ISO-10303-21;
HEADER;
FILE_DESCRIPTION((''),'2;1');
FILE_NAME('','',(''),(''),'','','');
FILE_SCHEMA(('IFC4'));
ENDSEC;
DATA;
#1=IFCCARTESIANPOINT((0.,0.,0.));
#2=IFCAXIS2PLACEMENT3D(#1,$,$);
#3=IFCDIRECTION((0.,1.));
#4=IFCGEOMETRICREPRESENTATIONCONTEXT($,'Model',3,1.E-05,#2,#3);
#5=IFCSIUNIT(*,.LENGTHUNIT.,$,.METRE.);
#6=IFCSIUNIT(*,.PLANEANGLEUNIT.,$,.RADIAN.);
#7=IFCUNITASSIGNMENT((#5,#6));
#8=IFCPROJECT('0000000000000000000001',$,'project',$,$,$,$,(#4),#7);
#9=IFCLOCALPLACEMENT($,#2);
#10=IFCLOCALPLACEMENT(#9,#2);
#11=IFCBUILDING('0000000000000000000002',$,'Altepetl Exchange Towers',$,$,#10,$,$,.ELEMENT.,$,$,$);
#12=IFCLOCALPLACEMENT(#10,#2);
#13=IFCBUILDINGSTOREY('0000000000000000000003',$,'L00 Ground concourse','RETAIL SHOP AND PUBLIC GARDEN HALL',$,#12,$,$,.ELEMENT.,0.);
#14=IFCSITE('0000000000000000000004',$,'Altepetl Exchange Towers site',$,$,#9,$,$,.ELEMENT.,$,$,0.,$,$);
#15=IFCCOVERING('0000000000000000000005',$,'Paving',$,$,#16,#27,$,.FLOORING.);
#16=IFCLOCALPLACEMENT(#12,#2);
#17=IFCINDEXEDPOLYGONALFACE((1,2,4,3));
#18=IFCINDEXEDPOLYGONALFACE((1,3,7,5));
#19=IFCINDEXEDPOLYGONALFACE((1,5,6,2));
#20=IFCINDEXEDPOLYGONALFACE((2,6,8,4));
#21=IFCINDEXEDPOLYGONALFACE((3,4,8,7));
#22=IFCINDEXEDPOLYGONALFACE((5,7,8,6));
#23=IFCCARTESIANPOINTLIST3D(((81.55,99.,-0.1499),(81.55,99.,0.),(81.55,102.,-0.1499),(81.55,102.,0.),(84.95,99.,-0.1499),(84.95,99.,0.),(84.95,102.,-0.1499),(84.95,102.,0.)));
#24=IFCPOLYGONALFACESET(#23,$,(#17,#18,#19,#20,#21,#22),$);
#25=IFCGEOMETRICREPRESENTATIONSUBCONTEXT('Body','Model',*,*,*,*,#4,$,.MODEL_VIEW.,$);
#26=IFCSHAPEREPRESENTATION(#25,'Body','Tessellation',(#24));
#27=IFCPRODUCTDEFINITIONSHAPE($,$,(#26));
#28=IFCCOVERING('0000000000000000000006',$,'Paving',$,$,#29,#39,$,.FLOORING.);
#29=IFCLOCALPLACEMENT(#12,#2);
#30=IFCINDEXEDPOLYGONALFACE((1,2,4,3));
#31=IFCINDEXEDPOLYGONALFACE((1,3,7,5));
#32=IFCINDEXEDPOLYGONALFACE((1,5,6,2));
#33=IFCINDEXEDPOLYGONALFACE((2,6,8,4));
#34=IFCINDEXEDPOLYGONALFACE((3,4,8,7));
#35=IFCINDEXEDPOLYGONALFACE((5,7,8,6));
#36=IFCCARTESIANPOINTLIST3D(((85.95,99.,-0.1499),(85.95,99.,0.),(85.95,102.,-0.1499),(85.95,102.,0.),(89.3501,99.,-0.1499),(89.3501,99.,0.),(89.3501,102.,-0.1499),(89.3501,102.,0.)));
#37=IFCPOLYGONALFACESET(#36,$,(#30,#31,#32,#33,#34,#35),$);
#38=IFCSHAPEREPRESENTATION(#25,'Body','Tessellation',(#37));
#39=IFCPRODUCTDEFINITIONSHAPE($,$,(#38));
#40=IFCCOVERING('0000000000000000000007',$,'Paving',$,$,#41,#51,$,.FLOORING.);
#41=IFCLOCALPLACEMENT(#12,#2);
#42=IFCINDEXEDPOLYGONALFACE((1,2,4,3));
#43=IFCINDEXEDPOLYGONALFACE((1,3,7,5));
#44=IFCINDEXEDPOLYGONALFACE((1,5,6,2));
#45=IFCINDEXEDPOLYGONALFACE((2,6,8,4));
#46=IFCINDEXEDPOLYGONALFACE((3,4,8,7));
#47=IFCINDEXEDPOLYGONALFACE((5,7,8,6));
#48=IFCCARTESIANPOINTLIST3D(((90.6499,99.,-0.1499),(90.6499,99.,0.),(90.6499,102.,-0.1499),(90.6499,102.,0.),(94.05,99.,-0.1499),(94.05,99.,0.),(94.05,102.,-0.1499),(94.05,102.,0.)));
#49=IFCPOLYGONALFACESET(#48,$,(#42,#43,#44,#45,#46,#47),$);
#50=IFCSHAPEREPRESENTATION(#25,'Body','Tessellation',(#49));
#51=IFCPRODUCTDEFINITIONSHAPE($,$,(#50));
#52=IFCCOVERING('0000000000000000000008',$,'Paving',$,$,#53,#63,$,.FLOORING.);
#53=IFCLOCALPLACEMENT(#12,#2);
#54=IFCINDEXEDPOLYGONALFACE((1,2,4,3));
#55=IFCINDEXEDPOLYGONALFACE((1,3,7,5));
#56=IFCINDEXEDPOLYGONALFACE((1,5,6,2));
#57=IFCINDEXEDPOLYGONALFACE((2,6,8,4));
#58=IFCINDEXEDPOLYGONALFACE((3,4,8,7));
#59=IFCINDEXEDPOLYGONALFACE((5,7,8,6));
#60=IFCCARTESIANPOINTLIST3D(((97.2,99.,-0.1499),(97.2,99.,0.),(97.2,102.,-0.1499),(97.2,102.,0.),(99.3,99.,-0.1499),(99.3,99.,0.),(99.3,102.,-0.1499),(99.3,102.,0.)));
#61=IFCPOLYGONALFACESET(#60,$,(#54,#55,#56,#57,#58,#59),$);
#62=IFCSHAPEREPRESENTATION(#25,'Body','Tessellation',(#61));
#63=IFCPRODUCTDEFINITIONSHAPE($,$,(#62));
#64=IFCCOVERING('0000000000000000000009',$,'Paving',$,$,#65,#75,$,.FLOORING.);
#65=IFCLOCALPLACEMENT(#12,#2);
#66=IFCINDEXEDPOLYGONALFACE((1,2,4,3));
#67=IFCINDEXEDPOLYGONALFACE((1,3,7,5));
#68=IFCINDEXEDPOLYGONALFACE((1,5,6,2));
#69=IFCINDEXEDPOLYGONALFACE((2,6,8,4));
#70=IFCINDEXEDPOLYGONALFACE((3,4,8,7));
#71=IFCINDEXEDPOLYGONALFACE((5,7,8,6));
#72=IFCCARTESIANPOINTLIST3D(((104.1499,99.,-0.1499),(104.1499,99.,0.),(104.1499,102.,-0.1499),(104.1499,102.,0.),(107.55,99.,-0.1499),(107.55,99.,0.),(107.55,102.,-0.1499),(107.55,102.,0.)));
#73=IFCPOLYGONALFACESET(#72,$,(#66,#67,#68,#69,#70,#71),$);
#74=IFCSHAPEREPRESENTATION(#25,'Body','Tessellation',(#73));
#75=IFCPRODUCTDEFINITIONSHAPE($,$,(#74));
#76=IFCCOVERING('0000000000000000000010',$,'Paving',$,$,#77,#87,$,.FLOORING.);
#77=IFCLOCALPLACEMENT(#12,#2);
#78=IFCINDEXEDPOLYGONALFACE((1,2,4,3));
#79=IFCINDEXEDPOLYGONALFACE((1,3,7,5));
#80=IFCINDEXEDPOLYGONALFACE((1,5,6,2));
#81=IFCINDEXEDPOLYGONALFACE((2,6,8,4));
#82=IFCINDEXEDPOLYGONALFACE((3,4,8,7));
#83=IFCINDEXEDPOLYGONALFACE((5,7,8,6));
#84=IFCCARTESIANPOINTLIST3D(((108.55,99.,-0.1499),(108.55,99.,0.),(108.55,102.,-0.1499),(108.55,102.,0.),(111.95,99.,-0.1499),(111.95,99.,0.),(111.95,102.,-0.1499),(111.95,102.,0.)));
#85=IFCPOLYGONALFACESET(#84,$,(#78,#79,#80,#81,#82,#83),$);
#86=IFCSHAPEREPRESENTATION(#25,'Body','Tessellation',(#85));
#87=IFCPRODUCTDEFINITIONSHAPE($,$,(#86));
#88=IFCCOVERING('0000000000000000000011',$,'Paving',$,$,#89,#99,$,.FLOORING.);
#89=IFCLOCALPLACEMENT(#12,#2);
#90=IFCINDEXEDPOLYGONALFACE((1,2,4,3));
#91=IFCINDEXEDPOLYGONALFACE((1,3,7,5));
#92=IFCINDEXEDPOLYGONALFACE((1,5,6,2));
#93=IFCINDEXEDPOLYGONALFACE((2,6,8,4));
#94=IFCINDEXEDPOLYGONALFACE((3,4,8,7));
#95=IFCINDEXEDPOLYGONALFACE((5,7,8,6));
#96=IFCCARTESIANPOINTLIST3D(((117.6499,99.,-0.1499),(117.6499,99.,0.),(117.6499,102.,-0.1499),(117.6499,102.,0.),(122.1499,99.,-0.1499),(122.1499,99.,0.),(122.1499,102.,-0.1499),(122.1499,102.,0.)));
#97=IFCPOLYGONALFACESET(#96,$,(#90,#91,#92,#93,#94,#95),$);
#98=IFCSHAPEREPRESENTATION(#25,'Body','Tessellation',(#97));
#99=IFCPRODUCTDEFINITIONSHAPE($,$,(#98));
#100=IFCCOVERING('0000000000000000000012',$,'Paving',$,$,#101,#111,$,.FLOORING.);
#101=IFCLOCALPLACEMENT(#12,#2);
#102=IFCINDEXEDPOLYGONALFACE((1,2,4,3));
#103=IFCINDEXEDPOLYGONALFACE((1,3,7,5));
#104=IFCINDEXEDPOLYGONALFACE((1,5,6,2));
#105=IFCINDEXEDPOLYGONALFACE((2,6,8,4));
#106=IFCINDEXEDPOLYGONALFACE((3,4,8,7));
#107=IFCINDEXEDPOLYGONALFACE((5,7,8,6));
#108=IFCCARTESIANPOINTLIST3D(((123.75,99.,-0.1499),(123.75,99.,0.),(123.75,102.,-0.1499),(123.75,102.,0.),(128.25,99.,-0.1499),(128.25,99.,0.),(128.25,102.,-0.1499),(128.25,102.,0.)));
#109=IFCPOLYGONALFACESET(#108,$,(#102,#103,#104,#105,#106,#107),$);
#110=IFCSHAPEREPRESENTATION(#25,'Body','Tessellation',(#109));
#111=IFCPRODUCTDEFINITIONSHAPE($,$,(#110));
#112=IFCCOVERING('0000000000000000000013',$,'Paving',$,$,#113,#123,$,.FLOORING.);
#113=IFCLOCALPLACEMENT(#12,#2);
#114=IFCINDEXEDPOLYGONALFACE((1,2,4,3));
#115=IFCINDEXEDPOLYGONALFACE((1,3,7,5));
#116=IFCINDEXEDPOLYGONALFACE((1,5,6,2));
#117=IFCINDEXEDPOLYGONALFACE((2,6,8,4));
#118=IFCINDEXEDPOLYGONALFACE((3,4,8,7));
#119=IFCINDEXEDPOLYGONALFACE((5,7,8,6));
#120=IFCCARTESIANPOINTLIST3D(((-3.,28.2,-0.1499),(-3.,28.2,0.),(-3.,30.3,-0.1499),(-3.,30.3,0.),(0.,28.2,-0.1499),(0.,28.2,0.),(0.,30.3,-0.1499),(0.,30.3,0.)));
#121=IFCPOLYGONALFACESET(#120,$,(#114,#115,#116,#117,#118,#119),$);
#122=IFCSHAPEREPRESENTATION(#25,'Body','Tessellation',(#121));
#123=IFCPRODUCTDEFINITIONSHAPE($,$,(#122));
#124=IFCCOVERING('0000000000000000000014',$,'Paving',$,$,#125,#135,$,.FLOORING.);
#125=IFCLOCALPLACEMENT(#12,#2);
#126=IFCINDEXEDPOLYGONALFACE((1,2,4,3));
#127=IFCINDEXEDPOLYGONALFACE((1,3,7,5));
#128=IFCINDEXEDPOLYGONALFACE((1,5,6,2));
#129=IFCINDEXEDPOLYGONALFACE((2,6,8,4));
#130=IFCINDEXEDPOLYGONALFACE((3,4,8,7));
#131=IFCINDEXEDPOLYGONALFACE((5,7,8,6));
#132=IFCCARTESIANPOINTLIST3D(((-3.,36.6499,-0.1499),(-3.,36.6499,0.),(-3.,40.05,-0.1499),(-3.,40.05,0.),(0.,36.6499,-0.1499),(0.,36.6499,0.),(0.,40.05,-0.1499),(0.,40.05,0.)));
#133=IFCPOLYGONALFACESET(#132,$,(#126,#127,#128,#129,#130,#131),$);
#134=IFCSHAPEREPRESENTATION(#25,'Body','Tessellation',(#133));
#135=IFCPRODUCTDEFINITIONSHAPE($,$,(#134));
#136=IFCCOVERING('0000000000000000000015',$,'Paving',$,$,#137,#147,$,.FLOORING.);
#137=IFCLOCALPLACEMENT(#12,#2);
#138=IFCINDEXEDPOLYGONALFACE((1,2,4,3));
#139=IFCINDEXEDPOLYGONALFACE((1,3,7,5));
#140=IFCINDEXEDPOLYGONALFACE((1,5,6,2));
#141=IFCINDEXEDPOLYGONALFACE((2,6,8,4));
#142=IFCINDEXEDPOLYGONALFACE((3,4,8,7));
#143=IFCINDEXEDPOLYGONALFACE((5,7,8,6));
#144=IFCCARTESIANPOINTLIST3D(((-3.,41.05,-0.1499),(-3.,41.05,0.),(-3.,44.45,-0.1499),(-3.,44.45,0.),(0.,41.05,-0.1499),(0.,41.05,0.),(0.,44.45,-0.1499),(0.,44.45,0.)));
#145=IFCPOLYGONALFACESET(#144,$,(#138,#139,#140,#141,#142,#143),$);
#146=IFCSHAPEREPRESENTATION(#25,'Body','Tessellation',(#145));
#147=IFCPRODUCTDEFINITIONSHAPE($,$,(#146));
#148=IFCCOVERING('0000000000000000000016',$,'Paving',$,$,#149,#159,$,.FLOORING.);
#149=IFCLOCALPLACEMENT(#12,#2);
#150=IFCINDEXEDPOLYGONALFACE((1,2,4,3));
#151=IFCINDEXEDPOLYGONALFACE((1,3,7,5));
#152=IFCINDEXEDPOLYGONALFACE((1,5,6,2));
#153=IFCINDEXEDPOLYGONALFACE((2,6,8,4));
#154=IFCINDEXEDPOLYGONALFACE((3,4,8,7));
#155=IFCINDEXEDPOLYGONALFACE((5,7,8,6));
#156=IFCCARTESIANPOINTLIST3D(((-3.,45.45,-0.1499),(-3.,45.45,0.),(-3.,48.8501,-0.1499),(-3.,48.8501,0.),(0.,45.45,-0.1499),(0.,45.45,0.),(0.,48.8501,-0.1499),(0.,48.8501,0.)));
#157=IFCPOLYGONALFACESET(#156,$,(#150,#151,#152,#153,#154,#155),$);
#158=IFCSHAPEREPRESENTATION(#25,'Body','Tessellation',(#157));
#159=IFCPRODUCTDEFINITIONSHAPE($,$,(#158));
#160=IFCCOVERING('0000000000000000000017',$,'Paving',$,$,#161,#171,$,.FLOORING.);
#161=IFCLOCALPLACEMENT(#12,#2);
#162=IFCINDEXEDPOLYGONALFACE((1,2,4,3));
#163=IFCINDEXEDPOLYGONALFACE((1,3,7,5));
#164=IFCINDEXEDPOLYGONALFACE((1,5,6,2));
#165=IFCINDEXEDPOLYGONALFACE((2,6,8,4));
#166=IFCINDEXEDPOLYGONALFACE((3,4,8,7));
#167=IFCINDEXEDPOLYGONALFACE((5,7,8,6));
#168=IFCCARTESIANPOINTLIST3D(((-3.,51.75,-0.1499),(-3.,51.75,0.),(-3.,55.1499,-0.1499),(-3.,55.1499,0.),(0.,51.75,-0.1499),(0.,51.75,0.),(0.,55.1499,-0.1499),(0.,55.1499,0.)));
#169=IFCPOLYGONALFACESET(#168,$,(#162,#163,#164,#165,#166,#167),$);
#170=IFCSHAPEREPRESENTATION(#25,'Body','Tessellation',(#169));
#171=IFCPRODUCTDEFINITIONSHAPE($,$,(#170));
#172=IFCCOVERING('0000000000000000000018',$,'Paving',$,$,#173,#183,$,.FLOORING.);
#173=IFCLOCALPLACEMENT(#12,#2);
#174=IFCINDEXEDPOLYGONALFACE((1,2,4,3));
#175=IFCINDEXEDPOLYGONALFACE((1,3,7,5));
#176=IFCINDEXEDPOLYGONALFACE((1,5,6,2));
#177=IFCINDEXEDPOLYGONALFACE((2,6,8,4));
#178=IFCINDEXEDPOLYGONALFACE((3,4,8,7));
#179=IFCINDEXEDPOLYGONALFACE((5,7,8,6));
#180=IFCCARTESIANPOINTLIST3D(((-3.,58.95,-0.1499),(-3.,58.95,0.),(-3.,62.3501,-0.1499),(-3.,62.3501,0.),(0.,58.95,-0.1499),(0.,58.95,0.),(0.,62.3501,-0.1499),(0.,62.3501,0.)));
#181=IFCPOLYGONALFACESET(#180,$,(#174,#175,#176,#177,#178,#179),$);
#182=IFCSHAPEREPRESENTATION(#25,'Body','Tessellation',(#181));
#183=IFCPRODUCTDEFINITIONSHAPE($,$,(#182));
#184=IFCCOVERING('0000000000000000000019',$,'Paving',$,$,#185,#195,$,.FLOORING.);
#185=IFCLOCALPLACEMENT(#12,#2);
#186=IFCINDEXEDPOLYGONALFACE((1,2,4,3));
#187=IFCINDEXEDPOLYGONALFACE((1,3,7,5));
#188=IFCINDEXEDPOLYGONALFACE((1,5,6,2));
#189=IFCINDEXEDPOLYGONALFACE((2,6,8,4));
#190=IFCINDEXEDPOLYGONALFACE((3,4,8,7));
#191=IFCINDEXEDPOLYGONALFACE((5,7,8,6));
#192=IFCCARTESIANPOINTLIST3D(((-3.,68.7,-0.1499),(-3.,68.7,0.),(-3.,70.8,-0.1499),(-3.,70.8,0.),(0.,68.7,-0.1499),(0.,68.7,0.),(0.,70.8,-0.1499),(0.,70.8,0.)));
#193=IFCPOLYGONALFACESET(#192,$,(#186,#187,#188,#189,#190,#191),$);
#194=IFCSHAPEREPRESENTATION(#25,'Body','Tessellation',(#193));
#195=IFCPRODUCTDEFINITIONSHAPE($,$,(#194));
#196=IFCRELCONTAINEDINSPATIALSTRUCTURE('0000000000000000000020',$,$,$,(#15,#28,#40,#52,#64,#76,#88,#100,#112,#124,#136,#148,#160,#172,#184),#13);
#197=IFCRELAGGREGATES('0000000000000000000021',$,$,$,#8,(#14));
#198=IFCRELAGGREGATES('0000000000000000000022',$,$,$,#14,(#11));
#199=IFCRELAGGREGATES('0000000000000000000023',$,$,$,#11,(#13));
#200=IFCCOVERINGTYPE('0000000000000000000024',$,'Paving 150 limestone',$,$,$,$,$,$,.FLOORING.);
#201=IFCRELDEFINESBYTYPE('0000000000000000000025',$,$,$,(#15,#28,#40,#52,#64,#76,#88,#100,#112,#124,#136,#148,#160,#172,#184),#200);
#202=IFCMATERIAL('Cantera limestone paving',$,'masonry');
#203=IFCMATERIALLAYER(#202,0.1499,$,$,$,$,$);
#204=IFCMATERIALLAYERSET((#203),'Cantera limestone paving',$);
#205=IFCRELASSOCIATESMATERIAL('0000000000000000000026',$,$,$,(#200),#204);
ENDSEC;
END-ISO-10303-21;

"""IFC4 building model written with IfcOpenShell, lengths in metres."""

from ifc_helpers import new_model, si_unit, direction, frame, origin, place, context, subcontext, project, spatial, polyline, outline, extrude, material, layer, layer_set, type_object, element, save


model = new_model("IFC4")

# Units and contexts
model_context = context("Model", 3, precision=1e-05, world=origin(), true_north=direction((0.0, 1.0)))
body_context = subcontext(model_context, "Body", "Model", "MODEL_VIEW")
ifc_project = project(units=[si_unit("LENGTHUNIT", "METRE"), si_unit("PLANEANGLEUNIT", "RADIAN")], contexts=[model_context])

# Site, building, storey
site_placement = place(None, origin())
site = spatial("IfcSite", under=ifc_project, at=site_placement, Name="Altepetl Exchange Towers site", CompositionType="ELEMENT", RefElevation=0.0)
building_placement = place(site_placement, origin())
building = spatial("IfcBuilding", under=site, at=building_placement, Name="Altepetl Exchange Towers", CompositionType="ELEMENT")
storey_placement = place(building_placement, origin())
storey = spatial("IfcBuildingStorey", under=building, at=storey_placement, Name="L00 Ground concourse", Description="RETAIL SHOP AND PUBLIC GARDEN HALL", CompositionType="ELEMENT", Elevation=0.0)

# Coverings
ifc_material_1 = material(Name="Cantera limestone paving", Category="masonry")
ifc_layer_1 = layer(ifc_material_1, 0.1499)
ifc_layer_set_1 = layer_set([ifc_layer_1], Name="Cantera limestone paving")
covering_type = type_object("IfcCoveringType", Name="Paving 150 limestone", PredefinedType="FLOORING", material=ifc_layer_set_1)
covering_1_placement = place(storey_placement, frame((0.0, 0.0, -0.1499)))
element("IfcCovering", 1, at=covering_1_placement, inside=storey, type_object=covering_type, Name="Paving", PredefinedType="FLOORING", context=body_context, shape_type="SweptSolid", body=[
    extrude(outline(polyline([(81.55, 99.0), (84.95, 99.0), (84.95, 102.0), (81.55, 102.0), (81.55, 99.0)])), origin(), (0.0, 0.0, 1.0), 0.1499),
])
covering_2_placement = place(storey_placement, frame((0.0, 0.0, -0.1499)))
element("IfcCovering", 2, at=covering_2_placement, inside=storey, type_object=covering_type, Name="Paving", PredefinedType="FLOORING", context=body_context, shape_type="SweptSolid", body=[
    extrude(outline(polyline([(85.95, 99.0), (89.3501, 99.0), (89.3501, 102.0), (85.95, 102.0), (85.95, 99.0)])), origin(), (0.0, 0.0, 1.0), 0.1499),
])
covering_3_placement = place(storey_placement, frame((0.0, 0.0, -0.1499)))
element("IfcCovering", 3, at=covering_3_placement, inside=storey, type_object=covering_type, Name="Paving", PredefinedType="FLOORING", context=body_context, shape_type="SweptSolid", body=[
    extrude(outline(polyline([(90.6499, 99.0), (94.05, 99.0), (94.05, 102.0), (90.6499, 102.0), (90.6499, 99.0)])), origin(), (0.0, 0.0, 1.0), 0.1499),
])
covering_4_placement = place(storey_placement, frame((0.0, 0.0, -0.1499)))
element("IfcCovering", 4, at=covering_4_placement, inside=storey, type_object=covering_type, Name="Paving", PredefinedType="FLOORING", context=body_context, shape_type="SweptSolid", body=[
    extrude(outline(polyline([(97.2, 99.0), (99.3, 99.0), (99.3, 102.0), (97.2, 102.0), (97.2, 99.0)])), origin(), (0.0, 0.0, 1.0), 0.1499),
])
covering_5_placement = place(storey_placement, frame((0.0, 0.0, -0.1499)))
element("IfcCovering", 5, at=covering_5_placement, inside=storey, type_object=covering_type, Name="Paving", PredefinedType="FLOORING", context=body_context, shape_type="SweptSolid", body=[
    extrude(outline(polyline([(104.1499, 99.0), (107.55, 99.0), (107.55, 102.0), (104.1499, 102.0), (104.1499, 99.0)])), origin(), (0.0, 0.0, 1.0), 0.1499),
])
covering_6_placement = place(storey_placement, frame((0.0, 0.0, -0.1499)))
element("IfcCovering", 6, at=covering_6_placement, inside=storey, type_object=covering_type, Name="Paving", PredefinedType="FLOORING", context=body_context, shape_type="SweptSolid", body=[
    extrude(outline(polyline([(108.55, 99.0), (111.95, 99.0), (111.95, 102.0), (108.55, 102.0), (108.55, 99.0)])), origin(), (0.0, 0.0, 1.0), 0.1499),
])
covering_7_placement = place(storey_placement, frame((0.0, 0.0, -0.1499)))
element("IfcCovering", 7, at=covering_7_placement, inside=storey, type_object=covering_type, Name="Paving", PredefinedType="FLOORING", context=body_context, shape_type="SweptSolid", body=[
    extrude(outline(polyline([(117.6499, 99.0), (122.1499, 99.0), (122.1499, 102.0), (117.6499, 102.0), (117.6499, 99.0)])), origin(), (0.0, 0.0, 1.0), 0.1499),
])
covering_8_placement = place(storey_placement, frame((0.0, 0.0, -0.1499)))
element("IfcCovering", 8, at=covering_8_placement, inside=storey, type_object=covering_type, Name="Paving", PredefinedType="FLOORING", context=body_context, shape_type="SweptSolid", body=[
    extrude(outline(polyline([(123.75, 99.0), (128.25, 99.0), (128.25, 102.0), (123.75, 102.0), (123.75, 99.0)])), origin(), (0.0, 0.0, 1.0), 0.1499),
])
covering_9_placement = place(storey_placement, frame((0.0, 0.0, -0.1499)))
element("IfcCovering", 9, at=covering_9_placement, inside=storey, type_object=covering_type, Name="Paving", PredefinedType="FLOORING", context=body_context, shape_type="SweptSolid", body=[
    extrude(outline(polyline([(-3.0, 28.2), (0.0, 28.2), (0.0, 30.3), (-3.0, 30.3), (-3.0, 28.2)])), origin(), (0.0, 0.0, 1.0), 0.1499),
])
covering_10_placement = place(storey_placement, frame((0.0, 0.0, -0.1499)))
element("IfcCovering", 10, at=covering_10_placement, inside=storey, type_object=covering_type, Name="Paving", PredefinedType="FLOORING", context=body_context, shape_type="SweptSolid", body=[
    extrude(outline(polyline([(-3.0, 36.6499), (0.0, 36.6499), (0.0, 40.05), (-3.0, 40.05), (-3.0, 36.6499)])), origin(), (0.0, 0.0, 1.0), 0.1499),
])
covering_11_placement = place(storey_placement, frame((0.0, 0.0, -0.1499)))
element("IfcCovering", 11, at=covering_11_placement, inside=storey, type_object=covering_type, Name="Paving", PredefinedType="FLOORING", context=body_context, shape_type="SweptSolid", body=[
    extrude(outline(polyline([(-3.0, 41.05), (0.0, 41.05), (0.0, 44.45), (-3.0, 44.45), (-3.0, 41.05)])), origin(), (0.0, 0.0, 1.0), 0.1499),
])
covering_12_placement = place(storey_placement, frame((0.0, 0.0, -0.1499)))
element("IfcCovering", 12, at=covering_12_placement, inside=storey, type_object=covering_type, Name="Paving", PredefinedType="FLOORING", context=body_context, shape_type="SweptSolid", body=[
    extrude(outline(polyline([(-3.0, 45.45), (0.0, 45.45), (0.0, 48.8501), (-3.0, 48.8501), (-3.0, 45.45)])), origin(), (0.0, 0.0, 1.0), 0.1499),
])
covering_13_placement = place(storey_placement, frame((0.0, 0.0, -0.1499)))
element("IfcCovering", 13, at=covering_13_placement, inside=storey, type_object=covering_type, Name="Paving", PredefinedType="FLOORING", context=body_context, shape_type="SweptSolid", body=[
    extrude(outline(polyline([(-3.0, 51.75), (0.0, 51.75), (0.0, 55.1499), (-3.0, 55.1499), (-3.0, 51.75)])), origin(), (0.0, 0.0, 1.0), 0.1499),
])
covering_14_placement = place(storey_placement, frame((0.0, 0.0, -0.1499)))
element("IfcCovering", 14, at=covering_14_placement, inside=storey, type_object=covering_type, Name="Paving", PredefinedType="FLOORING", context=body_context, shape_type="SweptSolid", body=[
    extrude(outline(polyline([(-3.0, 58.95), (0.0, 58.95), (0.0, 62.3501), (-3.0, 62.3501), (-3.0, 58.95)])), origin(), (0.0, 0.0, 1.0), 0.1499),
])
covering_15_placement = place(storey_placement, frame((0.0, 0.0, -0.1499)))
element("IfcCovering", 15, at=covering_15_placement, inside=storey, type_object=covering_type, Name="Paving", PredefinedType="FLOORING", context=body_context, shape_type="SweptSolid", body=[
    extrude(outline(polyline([(-3.0, 68.7), (0.0, 68.7), (0.0, 70.8), (-3.0, 70.8), (-3.0, 68.7)])), origin(), (0.0, 0.0, 1.0), 0.1499),
])

save(model, "model.ifc")
